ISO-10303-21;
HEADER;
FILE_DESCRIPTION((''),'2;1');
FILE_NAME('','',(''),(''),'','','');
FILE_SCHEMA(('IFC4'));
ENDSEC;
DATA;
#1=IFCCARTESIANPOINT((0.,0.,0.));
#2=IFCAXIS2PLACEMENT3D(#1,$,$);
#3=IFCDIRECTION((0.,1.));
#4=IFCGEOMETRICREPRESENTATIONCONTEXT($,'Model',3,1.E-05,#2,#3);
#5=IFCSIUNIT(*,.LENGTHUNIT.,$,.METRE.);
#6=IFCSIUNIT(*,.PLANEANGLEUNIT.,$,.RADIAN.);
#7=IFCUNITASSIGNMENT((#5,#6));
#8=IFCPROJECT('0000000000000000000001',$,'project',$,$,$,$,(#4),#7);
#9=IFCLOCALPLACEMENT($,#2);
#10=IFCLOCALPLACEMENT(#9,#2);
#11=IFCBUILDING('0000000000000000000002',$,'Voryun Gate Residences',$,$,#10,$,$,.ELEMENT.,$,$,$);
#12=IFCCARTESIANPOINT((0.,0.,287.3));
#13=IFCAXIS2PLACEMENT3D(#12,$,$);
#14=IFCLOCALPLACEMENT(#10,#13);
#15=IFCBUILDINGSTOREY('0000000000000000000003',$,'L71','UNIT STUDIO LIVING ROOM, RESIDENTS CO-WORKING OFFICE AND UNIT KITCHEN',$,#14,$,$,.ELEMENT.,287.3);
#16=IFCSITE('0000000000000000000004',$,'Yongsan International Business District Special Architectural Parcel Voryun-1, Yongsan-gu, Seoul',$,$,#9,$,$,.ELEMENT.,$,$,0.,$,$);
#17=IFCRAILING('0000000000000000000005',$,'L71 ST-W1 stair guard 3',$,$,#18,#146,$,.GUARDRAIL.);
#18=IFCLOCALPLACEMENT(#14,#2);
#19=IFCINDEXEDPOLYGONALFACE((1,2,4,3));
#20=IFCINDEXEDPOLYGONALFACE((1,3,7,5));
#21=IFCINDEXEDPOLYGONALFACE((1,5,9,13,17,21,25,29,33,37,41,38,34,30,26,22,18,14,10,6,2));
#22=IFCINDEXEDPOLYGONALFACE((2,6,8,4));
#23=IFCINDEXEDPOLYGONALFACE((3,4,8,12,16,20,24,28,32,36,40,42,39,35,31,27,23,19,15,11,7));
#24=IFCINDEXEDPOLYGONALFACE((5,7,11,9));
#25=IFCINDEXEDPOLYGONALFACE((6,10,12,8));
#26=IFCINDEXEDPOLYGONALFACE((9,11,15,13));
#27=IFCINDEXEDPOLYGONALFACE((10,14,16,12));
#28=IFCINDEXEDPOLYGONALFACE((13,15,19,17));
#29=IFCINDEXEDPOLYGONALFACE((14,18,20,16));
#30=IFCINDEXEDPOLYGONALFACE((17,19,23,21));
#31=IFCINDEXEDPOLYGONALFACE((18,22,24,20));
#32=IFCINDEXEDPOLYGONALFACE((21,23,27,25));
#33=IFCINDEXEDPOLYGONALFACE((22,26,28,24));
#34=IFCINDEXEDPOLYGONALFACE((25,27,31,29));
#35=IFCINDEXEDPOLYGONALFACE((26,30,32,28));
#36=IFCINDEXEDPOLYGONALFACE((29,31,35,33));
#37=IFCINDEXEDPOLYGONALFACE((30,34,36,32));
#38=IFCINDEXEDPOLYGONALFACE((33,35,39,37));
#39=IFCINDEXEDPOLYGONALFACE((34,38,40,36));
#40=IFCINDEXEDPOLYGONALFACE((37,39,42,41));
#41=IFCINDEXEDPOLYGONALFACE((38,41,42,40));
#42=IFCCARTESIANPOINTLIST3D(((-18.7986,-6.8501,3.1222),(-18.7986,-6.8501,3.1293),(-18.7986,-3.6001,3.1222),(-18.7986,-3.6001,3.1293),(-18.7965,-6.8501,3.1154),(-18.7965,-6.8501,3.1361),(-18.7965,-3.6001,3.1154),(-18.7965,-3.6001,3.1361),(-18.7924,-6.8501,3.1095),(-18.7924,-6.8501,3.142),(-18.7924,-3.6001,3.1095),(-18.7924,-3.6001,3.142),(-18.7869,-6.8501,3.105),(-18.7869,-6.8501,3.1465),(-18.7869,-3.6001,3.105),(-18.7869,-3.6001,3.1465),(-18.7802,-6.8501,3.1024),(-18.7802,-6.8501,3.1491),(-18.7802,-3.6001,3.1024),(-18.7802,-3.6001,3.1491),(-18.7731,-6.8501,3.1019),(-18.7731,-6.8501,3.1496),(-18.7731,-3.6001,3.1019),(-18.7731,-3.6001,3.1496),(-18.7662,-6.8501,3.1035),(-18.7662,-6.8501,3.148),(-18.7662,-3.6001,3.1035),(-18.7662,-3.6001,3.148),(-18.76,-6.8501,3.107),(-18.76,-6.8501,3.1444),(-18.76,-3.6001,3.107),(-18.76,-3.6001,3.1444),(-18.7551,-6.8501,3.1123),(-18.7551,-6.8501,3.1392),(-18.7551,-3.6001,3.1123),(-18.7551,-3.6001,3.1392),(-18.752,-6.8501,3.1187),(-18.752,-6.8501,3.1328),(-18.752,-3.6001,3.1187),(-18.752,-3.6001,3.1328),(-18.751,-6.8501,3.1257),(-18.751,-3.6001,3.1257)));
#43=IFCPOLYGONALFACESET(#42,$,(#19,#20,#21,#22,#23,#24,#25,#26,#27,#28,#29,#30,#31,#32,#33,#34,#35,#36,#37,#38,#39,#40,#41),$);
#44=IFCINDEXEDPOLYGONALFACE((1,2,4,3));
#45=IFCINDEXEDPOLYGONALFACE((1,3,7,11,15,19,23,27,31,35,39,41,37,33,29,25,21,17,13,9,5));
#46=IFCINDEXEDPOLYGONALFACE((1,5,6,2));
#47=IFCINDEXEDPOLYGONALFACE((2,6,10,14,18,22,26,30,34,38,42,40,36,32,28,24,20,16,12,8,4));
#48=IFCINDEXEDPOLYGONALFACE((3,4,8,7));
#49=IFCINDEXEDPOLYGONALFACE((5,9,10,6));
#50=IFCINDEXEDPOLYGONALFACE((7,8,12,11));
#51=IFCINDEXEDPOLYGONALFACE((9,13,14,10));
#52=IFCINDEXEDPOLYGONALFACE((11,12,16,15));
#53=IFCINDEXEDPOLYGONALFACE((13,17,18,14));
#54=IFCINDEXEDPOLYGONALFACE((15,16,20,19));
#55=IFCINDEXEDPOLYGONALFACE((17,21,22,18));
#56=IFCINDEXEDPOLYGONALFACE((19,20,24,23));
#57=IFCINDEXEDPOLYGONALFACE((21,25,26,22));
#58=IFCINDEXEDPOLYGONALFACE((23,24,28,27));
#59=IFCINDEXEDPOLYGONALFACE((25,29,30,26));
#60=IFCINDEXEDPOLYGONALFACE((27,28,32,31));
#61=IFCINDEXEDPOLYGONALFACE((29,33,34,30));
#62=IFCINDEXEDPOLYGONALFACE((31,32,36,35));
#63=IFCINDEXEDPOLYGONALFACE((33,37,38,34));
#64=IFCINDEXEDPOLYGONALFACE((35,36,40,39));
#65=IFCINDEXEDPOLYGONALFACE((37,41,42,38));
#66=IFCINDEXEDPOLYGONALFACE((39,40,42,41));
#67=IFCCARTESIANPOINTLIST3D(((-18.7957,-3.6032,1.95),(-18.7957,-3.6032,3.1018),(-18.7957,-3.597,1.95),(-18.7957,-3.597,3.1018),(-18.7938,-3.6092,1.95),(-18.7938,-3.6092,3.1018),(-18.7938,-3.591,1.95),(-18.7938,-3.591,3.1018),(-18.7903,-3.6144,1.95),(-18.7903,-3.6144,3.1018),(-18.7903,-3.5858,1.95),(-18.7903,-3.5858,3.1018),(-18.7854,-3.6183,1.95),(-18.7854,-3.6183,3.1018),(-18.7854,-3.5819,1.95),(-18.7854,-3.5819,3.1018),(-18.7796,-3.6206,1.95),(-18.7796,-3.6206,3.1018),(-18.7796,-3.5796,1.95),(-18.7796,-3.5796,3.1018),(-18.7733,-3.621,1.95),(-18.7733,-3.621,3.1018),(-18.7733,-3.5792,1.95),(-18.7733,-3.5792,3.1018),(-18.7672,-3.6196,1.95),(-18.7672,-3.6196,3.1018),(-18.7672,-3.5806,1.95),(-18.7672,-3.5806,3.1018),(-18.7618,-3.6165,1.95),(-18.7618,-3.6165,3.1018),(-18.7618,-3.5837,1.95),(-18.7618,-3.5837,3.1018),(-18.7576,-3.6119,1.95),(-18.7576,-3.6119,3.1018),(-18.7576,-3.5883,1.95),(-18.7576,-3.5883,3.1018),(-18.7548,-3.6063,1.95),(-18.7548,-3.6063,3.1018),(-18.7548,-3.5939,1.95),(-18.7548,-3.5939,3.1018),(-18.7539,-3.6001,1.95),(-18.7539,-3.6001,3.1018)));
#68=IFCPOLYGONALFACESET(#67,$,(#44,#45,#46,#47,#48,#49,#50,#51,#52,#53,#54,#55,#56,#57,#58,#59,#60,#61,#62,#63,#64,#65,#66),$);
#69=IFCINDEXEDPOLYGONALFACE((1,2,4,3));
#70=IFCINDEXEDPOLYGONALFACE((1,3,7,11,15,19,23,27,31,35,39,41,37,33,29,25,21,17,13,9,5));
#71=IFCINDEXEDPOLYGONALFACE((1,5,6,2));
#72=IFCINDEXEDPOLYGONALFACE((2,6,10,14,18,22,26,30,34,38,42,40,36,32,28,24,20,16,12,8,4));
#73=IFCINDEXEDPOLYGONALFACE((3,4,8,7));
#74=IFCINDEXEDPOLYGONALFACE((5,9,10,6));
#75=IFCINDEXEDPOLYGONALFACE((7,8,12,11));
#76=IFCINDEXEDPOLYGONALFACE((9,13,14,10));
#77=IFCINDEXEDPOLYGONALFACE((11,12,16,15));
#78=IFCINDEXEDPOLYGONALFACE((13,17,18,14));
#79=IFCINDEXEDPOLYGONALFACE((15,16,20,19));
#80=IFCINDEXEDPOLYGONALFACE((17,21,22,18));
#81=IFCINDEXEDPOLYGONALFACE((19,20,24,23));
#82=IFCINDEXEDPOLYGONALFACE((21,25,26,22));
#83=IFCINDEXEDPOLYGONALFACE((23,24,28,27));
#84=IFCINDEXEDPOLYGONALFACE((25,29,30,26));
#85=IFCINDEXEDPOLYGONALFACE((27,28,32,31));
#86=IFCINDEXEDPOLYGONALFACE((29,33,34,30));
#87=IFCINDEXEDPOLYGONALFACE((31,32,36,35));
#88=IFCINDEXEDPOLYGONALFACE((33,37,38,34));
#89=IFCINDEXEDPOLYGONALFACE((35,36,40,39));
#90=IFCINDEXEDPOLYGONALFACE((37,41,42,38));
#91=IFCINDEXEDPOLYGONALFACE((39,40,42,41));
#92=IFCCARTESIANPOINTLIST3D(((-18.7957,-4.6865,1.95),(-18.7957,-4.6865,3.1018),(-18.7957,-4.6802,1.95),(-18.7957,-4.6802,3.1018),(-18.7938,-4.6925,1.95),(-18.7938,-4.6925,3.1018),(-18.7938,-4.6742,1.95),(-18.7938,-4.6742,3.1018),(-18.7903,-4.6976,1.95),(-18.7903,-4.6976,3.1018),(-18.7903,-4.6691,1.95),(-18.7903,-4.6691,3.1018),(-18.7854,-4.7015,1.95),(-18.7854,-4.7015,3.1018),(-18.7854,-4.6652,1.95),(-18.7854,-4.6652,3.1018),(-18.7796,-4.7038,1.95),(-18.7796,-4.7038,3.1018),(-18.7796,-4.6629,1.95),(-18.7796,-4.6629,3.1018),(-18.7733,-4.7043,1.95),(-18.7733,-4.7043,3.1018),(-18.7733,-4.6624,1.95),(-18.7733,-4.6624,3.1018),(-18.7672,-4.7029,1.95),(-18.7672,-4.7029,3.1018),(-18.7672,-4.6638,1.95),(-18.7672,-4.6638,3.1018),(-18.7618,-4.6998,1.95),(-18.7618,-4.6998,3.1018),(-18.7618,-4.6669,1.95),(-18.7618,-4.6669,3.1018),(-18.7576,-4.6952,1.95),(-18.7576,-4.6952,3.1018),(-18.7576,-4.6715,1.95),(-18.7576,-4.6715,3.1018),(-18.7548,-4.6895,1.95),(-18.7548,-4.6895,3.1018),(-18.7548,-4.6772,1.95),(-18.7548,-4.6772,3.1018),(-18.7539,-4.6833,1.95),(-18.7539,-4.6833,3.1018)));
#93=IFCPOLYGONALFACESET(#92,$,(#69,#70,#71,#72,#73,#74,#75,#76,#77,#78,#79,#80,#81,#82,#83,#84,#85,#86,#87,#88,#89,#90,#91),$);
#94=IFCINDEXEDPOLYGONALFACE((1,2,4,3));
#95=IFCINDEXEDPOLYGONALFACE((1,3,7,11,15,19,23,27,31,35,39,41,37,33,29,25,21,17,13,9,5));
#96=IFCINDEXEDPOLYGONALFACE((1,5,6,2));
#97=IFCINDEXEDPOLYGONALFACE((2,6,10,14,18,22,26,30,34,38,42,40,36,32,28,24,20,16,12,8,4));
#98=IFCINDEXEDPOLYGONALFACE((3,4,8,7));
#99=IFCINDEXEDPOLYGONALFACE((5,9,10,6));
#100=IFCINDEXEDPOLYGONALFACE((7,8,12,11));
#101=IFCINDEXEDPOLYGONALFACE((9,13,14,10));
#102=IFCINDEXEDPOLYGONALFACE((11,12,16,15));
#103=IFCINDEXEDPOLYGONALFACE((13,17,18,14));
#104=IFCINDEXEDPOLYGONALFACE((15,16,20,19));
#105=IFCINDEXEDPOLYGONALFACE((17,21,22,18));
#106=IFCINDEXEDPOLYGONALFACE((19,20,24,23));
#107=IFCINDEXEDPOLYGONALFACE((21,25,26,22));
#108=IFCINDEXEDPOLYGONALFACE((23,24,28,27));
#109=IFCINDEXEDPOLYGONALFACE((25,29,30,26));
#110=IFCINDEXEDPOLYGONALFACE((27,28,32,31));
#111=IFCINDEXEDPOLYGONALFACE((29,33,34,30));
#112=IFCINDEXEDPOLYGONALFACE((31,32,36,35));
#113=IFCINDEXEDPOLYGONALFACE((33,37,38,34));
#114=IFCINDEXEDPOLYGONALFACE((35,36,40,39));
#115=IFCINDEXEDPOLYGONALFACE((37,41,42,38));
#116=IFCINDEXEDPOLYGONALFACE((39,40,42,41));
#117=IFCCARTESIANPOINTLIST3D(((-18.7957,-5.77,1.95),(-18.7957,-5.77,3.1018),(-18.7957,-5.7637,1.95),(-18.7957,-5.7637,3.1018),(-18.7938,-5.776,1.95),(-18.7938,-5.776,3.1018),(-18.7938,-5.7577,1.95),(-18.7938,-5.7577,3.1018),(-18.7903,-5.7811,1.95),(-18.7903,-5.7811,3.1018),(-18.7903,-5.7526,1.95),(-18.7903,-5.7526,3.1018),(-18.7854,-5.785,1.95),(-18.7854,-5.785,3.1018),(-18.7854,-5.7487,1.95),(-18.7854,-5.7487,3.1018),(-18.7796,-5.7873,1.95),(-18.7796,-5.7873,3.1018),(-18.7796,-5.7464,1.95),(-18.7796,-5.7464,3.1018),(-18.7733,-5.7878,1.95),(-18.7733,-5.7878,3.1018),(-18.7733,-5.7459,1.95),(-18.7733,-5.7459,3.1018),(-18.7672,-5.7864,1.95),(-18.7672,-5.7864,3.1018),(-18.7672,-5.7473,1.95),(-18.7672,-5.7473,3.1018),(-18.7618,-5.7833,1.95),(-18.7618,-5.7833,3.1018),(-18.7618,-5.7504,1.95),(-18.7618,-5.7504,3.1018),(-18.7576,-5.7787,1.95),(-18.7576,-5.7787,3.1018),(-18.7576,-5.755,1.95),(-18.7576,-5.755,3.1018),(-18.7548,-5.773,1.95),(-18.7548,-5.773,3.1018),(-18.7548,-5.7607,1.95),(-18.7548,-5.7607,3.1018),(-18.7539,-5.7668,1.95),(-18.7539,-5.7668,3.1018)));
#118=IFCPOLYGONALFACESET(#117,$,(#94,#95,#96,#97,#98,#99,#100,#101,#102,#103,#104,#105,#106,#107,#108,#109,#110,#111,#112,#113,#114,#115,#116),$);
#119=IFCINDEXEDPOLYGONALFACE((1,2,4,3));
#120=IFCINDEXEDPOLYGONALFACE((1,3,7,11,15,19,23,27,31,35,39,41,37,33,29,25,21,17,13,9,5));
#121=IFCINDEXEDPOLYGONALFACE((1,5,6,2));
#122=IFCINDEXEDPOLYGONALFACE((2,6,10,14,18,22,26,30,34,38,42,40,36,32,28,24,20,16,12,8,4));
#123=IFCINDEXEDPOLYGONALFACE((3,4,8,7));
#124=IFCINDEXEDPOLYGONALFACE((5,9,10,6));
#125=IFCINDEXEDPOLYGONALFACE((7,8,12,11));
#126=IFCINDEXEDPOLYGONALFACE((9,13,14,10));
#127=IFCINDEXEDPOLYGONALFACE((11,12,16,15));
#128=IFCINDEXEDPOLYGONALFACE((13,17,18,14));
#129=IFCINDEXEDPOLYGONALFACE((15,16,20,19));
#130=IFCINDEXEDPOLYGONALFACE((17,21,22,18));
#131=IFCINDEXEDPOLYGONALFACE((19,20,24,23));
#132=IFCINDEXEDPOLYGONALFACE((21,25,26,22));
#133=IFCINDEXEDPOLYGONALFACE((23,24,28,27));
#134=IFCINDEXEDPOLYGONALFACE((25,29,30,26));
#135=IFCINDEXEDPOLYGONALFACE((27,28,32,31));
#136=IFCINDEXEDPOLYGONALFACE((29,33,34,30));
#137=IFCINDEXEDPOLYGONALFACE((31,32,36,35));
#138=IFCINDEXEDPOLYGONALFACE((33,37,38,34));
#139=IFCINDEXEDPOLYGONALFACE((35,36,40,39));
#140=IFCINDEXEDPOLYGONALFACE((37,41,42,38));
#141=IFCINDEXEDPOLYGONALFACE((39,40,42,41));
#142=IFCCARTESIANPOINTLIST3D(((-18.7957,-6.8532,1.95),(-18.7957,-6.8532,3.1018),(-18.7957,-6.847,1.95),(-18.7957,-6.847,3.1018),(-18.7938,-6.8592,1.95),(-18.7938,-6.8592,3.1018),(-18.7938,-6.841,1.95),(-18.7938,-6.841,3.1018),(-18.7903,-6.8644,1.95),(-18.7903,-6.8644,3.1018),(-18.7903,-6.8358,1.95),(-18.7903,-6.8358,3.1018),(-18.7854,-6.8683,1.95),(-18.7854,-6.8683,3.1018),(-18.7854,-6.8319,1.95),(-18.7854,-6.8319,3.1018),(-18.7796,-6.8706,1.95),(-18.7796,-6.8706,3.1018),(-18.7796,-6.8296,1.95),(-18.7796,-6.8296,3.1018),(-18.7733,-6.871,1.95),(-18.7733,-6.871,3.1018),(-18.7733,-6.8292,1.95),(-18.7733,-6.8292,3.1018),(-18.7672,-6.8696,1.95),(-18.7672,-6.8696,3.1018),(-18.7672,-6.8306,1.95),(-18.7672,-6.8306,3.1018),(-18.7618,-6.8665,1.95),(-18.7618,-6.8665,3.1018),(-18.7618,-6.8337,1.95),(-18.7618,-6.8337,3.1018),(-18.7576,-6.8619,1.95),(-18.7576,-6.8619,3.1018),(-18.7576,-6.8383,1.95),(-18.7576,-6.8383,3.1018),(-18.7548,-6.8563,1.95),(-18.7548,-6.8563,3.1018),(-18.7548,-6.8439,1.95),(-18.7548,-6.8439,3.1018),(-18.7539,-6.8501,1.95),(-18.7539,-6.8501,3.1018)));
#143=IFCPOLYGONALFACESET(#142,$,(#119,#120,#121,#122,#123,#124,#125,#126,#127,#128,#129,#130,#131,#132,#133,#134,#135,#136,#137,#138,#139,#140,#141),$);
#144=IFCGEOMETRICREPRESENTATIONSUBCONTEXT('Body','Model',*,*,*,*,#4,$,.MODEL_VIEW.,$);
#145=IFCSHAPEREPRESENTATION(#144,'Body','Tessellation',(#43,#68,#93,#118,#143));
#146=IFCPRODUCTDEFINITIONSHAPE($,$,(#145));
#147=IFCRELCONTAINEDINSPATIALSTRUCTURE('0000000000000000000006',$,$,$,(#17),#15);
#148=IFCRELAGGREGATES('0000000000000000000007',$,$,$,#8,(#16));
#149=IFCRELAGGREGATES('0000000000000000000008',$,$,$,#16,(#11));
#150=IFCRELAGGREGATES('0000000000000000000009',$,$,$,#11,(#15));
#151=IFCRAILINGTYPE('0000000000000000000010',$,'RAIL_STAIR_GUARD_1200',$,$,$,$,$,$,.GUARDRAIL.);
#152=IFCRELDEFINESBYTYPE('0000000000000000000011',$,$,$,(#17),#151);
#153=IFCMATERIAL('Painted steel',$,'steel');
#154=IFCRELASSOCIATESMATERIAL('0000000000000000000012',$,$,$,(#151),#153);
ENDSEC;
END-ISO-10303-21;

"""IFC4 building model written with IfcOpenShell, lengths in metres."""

from ifc_helpers import new_model, si_unit, direction, frame, origin, origin_2d, place, context, subcontext, project, spatial, circle, extrude, material, type_object, element, save


model = new_model("IFC4")

# Units and contexts
model_context = context("Model", 3, precision=1e-05, world=origin(), true_north=direction((0.0, 1.0)))
body_context = subcontext(model_context, "Body", "Model", "MODEL_VIEW")
ifc_project = project(units=[si_unit("LENGTHUNIT", "METRE"), si_unit("PLANEANGLEUNIT", "RADIAN")], contexts=[model_context])

# Site, building, storey
site_placement = place(None, origin())
site = spatial("IfcSite", under=ifc_project, at=site_placement, Name="Yongsan International Business District Special Architectural Parcel Voryun-1, Yongsan-gu, Seoul", CompositionType="ELEMENT", RefElevation=0.0)
building_placement = place(site_placement, origin())
building = spatial("IfcBuilding", under=site, at=building_placement, Name="Voryun Gate Residences", CompositionType="ELEMENT")
storey_placement = place(building_placement, frame((0.0, 0.0, 287.3)))
storey = spatial("IfcBuildingStorey", under=building, at=storey_placement, Name="L71", Description="UNIT STUDIO LIVING ROOM, RESIDENTS CO-WORKING OFFICE AND UNIT KITCHEN", CompositionType="ELEMENT", Elevation=287.3)

# Railing
ifc_material_1 = material(Name="Painted steel", Category="steel")
railing_type_1 = type_object("IfcRailingType", Name="RAIL_STAIR_GUARD_1200", PredefinedType="GUARDRAIL", material=ifc_material_1)
railing_1_placement = place(storey_placement, frame((-18.7749, -3.6001, 1.95)))
element("IfcRailing", 1, at=railing_1_placement, inside=storey, type_object=railing_type_1, Name="L71 ST-W1 stair guard 3", PredefinedType="GUARDRAIL", context=body_context, shape_type="SweptSolid", body=[
    extrude(circle(Radius=0.0239, at=origin_2d()), frame((0.0, 0.0, 1.1758), z_axis=(0.0, -1.0, 0.0), x_axis=(1.0, 0.0, 0.0)), (0.0, 0.0, 1.0), 3.25),
    extrude(circle(Radius=0.021, at=origin_2d()), origin(), (0.0, 0.0, 1.0), 1.1519),
    extrude(circle(Radius=0.021, at=origin_2d()), frame((0.0, -1.0833, 0.0)), (0.0, 0.0, 1.0), 1.1519),
    extrude(circle(Radius=0.021, at=origin_2d()), frame((0.0, -2.1667, 0.0)), (0.0, 0.0, 1.0), 1.1519),
    extrude(circle(Radius=0.021, at=origin_2d()), frame((0.0, -3.25, 0.0)), (0.0, 0.0, 1.0), 1.1519),
])

save(model, "model.ifc")
